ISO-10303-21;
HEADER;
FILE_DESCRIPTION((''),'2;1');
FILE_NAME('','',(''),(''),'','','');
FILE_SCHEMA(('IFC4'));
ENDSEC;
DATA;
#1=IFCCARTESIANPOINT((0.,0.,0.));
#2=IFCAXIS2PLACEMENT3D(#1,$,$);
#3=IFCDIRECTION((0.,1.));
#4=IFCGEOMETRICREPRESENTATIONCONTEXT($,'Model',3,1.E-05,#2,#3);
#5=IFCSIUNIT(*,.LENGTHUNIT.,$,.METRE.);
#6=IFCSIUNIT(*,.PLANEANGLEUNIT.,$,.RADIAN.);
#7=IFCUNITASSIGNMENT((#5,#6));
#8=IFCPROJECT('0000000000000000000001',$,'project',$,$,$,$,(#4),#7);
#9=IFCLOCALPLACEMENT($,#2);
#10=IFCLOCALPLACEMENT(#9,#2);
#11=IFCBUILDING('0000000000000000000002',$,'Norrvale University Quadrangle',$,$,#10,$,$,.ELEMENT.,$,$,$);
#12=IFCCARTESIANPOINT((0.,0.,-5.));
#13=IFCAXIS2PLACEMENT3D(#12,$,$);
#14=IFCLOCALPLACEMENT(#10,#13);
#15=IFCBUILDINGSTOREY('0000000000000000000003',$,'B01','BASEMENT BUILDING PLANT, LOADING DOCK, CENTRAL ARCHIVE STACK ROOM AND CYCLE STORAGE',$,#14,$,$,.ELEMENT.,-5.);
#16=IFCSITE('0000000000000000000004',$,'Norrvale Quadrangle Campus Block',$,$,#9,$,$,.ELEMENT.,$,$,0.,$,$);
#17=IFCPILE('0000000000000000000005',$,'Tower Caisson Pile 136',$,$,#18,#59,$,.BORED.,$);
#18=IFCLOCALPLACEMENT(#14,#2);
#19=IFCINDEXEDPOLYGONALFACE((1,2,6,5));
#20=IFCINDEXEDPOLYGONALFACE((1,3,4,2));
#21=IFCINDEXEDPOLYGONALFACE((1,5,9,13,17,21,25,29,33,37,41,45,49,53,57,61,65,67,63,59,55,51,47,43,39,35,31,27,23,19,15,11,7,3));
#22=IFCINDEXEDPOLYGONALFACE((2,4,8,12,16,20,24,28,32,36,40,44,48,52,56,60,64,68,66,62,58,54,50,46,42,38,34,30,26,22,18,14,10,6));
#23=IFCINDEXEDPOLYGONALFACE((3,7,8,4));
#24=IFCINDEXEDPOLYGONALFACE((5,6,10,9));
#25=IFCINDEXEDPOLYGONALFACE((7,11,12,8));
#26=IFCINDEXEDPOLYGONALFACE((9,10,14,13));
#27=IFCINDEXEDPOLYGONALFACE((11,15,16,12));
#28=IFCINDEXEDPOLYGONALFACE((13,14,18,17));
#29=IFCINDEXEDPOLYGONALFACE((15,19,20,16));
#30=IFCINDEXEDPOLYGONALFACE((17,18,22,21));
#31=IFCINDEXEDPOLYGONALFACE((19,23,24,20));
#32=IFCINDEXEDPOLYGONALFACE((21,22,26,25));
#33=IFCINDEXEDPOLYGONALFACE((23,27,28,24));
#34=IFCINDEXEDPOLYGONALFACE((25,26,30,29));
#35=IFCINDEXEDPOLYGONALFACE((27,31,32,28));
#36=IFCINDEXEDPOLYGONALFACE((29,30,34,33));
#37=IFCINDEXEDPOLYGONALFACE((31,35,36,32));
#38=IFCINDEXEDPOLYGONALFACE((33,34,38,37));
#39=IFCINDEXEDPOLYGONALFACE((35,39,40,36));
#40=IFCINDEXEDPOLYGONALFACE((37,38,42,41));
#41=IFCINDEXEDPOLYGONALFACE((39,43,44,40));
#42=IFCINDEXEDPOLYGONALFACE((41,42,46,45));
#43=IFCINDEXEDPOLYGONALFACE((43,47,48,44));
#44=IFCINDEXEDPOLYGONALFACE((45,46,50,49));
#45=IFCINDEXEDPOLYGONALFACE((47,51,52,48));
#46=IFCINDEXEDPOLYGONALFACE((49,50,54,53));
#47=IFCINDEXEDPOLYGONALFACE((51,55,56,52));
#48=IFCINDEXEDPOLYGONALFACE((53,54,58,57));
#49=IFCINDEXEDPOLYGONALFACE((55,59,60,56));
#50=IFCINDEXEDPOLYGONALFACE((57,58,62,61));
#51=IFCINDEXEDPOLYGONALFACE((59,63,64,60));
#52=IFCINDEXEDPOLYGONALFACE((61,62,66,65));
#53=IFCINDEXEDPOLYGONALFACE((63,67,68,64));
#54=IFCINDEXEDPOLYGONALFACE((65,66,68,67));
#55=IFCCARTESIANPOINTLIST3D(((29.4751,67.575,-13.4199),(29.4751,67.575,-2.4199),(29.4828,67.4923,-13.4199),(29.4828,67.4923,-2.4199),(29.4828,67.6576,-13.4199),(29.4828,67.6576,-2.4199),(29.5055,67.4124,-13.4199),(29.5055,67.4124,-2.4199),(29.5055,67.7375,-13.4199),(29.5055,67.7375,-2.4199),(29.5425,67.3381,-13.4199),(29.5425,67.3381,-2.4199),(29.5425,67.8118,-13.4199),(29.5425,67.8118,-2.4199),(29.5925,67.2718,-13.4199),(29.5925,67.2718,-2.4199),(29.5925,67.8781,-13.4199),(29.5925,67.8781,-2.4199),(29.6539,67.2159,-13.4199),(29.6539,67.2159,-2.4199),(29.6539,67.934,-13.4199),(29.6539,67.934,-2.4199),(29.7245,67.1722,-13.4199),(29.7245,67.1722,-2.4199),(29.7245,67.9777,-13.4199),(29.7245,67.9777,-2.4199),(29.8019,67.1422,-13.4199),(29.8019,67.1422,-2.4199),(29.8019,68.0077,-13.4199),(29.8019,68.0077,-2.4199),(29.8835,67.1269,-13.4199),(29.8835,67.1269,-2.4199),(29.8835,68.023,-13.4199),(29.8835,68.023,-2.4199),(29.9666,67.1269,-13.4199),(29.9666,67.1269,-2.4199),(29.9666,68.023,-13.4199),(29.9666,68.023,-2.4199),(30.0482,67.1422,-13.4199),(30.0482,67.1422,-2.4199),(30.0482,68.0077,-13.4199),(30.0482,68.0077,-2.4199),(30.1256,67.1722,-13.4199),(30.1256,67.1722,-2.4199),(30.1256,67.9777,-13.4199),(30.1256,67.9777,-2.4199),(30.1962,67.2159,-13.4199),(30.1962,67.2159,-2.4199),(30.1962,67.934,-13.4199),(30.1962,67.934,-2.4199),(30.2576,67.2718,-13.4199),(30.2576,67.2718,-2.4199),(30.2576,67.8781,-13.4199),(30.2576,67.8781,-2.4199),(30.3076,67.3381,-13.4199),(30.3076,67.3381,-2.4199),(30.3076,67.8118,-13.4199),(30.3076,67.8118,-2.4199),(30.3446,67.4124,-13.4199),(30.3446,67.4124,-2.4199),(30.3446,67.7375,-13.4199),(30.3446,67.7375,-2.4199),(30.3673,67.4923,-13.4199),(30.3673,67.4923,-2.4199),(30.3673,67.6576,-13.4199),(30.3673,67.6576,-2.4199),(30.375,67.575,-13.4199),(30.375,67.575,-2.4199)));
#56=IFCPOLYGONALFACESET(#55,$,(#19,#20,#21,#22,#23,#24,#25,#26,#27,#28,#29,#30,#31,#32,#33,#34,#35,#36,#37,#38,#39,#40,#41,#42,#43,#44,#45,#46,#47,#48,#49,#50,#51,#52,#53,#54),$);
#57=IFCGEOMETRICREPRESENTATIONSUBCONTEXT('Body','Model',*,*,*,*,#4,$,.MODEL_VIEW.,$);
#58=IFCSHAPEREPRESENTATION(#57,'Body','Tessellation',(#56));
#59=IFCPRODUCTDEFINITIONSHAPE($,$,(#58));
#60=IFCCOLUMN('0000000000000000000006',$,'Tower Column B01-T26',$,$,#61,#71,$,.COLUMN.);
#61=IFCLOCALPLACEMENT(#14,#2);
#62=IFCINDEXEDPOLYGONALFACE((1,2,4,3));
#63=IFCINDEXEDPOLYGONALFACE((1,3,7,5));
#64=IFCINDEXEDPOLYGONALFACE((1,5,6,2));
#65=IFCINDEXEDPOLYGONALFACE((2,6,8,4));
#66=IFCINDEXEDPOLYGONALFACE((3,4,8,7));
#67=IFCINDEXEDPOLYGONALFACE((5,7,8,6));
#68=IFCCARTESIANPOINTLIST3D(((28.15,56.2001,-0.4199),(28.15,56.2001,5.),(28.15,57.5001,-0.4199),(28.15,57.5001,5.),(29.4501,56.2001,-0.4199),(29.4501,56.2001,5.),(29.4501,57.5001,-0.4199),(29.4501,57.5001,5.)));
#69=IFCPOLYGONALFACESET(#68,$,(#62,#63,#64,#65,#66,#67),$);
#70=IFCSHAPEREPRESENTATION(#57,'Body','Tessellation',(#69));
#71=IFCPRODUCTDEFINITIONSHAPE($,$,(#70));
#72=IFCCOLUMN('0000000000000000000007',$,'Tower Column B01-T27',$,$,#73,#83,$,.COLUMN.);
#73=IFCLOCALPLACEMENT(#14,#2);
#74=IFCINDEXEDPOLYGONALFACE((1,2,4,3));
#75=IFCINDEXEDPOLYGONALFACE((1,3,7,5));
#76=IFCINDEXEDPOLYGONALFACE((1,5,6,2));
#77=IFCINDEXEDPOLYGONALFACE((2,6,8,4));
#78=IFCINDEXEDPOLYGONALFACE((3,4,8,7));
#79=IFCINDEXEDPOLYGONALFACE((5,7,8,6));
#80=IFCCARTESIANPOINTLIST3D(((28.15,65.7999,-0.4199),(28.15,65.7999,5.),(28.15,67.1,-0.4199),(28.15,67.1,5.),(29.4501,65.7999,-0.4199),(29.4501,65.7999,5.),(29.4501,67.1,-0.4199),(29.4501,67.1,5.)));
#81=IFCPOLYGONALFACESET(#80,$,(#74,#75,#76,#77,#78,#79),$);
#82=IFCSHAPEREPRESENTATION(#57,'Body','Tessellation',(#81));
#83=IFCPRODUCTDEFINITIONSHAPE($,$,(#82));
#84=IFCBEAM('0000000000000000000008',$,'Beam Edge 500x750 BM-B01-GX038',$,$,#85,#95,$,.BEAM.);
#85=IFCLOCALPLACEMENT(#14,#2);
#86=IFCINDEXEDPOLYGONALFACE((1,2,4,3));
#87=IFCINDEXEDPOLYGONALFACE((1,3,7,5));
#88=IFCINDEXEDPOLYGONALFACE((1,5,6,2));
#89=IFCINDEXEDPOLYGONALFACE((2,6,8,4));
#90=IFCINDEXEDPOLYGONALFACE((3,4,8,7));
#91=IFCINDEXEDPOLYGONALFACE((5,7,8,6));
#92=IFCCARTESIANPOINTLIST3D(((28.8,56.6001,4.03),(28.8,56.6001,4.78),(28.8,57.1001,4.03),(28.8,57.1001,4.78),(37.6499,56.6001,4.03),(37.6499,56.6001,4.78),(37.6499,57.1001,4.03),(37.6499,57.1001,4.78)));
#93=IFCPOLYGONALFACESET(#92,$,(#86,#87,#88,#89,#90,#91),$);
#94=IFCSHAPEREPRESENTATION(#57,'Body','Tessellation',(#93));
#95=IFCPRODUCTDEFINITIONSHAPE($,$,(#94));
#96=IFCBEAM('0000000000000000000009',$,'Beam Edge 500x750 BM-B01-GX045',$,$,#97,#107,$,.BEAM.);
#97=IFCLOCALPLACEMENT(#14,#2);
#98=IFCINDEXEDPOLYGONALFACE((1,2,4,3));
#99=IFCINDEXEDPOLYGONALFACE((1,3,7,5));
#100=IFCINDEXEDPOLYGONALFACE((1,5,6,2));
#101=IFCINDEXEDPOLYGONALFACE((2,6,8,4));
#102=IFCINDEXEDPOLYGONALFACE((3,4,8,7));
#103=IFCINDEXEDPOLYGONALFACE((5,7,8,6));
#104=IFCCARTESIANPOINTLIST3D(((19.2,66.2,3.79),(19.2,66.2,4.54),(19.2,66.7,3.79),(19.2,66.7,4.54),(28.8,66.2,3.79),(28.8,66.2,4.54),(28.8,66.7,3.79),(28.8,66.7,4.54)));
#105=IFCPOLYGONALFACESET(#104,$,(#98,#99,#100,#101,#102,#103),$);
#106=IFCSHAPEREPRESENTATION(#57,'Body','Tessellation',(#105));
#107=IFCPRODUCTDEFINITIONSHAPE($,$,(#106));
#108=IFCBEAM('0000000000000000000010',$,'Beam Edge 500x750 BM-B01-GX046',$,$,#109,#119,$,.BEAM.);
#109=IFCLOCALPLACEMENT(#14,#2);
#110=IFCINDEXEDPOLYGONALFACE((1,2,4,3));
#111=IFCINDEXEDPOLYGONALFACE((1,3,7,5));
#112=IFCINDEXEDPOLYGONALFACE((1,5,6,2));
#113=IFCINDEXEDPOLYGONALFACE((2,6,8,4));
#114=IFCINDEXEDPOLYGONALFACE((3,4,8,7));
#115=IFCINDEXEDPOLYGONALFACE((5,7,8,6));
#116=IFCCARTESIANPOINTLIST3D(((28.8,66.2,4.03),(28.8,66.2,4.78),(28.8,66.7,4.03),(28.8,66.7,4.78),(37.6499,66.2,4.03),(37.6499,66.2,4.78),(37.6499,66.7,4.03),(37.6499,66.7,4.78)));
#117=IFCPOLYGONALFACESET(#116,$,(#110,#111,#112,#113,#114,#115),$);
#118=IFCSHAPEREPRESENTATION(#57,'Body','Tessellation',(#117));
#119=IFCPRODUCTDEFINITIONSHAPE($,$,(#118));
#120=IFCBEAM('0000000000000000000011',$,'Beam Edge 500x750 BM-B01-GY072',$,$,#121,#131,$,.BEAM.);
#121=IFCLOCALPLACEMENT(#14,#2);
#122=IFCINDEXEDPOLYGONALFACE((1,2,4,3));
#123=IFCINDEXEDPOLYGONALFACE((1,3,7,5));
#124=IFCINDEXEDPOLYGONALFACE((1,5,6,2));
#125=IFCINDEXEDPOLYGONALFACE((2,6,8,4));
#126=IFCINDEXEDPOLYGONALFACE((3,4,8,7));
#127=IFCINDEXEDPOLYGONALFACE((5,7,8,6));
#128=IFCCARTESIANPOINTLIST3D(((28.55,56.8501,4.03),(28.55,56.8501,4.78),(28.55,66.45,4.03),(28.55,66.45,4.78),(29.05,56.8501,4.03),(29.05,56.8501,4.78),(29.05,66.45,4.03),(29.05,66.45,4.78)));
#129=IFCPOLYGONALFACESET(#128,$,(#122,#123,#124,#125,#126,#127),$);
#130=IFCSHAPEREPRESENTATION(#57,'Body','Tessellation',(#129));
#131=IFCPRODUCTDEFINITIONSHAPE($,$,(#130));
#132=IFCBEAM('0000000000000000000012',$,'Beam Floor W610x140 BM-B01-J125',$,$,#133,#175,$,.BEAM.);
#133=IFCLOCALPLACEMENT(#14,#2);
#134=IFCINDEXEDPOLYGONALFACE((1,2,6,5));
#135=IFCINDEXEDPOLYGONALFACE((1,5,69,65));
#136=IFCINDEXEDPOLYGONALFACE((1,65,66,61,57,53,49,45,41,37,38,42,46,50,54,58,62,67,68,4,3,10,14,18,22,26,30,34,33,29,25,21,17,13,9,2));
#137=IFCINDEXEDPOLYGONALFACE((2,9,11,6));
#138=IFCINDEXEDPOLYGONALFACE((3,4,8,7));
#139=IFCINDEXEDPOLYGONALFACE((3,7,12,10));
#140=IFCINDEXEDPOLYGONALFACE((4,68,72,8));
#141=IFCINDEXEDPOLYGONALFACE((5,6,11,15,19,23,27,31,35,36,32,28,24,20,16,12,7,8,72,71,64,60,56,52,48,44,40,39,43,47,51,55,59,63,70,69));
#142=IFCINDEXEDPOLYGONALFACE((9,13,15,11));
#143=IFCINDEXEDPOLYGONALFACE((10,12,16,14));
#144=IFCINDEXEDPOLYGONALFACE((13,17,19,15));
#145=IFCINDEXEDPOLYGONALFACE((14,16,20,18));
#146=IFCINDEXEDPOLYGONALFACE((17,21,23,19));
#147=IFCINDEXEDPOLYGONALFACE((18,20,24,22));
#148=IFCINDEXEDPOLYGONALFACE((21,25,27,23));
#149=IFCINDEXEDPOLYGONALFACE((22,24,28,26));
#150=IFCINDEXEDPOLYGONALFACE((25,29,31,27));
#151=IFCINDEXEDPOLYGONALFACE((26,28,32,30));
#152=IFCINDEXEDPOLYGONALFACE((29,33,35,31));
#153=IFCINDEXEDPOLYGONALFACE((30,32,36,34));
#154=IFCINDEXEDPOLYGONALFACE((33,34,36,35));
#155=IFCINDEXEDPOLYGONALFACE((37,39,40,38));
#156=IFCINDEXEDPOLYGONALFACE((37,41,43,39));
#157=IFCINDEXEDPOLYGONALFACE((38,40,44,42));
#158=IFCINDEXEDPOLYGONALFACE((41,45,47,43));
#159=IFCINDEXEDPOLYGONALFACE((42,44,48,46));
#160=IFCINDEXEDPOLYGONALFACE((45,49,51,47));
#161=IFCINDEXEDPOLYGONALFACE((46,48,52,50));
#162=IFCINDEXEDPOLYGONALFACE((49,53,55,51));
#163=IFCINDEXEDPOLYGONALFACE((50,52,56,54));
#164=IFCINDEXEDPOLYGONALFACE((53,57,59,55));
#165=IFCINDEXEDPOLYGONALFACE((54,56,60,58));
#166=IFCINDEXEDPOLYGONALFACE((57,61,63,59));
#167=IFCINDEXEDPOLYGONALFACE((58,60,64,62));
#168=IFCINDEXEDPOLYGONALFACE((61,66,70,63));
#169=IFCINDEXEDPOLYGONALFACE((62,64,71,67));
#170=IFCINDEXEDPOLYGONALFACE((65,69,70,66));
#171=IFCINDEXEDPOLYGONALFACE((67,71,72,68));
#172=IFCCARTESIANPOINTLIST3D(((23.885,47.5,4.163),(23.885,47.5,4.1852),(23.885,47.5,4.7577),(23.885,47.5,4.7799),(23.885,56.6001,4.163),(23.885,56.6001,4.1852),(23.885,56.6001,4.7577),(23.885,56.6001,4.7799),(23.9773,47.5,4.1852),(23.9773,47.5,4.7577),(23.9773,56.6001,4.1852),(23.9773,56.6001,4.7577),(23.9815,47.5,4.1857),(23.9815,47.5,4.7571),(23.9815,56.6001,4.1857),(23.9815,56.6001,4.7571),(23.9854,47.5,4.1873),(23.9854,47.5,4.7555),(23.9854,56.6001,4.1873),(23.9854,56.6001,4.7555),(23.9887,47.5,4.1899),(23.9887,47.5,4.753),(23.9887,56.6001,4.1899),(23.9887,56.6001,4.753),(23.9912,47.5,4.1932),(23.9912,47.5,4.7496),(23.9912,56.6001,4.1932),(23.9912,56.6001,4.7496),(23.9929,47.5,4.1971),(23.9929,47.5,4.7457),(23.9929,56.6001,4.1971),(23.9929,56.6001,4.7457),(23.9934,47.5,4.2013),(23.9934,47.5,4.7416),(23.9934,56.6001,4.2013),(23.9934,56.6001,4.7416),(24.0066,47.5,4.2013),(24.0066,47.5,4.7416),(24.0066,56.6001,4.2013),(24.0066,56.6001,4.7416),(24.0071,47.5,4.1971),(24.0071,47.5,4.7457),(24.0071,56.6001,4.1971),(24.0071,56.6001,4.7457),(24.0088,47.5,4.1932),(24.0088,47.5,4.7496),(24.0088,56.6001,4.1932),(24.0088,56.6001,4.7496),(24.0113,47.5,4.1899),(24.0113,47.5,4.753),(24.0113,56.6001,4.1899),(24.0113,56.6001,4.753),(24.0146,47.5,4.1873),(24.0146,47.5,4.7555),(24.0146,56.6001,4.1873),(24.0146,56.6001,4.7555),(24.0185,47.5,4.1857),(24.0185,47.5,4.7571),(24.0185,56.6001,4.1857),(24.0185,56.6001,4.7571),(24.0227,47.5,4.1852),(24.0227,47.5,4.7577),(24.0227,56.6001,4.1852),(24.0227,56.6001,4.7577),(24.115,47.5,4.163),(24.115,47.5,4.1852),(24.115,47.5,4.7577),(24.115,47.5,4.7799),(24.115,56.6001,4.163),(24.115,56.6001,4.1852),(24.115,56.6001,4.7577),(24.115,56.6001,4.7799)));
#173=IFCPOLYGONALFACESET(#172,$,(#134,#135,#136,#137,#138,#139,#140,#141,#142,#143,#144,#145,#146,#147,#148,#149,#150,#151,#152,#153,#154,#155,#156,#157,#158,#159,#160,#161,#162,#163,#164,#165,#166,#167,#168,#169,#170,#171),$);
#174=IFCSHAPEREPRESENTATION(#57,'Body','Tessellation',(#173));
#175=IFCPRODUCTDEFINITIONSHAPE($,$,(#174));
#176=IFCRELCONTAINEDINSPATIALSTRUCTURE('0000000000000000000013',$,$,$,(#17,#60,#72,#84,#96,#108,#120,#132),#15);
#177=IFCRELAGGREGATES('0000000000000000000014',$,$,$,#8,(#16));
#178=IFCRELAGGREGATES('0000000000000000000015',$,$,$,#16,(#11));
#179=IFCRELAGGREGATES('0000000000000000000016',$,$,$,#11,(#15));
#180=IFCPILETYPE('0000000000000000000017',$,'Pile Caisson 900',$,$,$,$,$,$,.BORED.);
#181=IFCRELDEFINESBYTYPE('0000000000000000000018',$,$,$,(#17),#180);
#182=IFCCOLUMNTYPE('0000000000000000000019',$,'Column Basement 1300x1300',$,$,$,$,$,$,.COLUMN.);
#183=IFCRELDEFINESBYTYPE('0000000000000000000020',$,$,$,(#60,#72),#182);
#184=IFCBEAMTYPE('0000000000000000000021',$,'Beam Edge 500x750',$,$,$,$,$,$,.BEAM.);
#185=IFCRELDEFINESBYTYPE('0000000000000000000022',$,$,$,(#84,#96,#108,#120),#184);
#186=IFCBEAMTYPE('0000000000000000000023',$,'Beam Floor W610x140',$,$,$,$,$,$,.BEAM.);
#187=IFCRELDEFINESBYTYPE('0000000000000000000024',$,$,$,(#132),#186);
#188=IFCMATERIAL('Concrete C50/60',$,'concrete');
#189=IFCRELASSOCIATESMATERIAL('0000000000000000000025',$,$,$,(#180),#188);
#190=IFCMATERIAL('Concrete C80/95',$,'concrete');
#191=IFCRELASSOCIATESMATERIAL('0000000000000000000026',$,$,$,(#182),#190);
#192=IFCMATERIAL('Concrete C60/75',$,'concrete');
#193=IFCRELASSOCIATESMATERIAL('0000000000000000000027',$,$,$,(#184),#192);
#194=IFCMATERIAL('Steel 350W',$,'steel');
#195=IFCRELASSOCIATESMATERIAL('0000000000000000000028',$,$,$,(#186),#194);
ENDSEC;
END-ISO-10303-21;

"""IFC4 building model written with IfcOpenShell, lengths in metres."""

from ifc_helpers import new_model, si_unit, direction, frame, origin, origin_2d, place, context, subcontext, project, spatial, rectangle, circle, i_section, extrude, material, material_profile, profile_set, type_object, element, save


model = new_model("IFC4")

# Units and contexts
model_context = context("Model", 3, precision=1e-05, world=origin(), true_north=direction((0.0, 1.0)))
body_context = subcontext(model_context, "Body", "Model", "MODEL_VIEW")
ifc_project = project(units=[si_unit("LENGTHUNIT", "METRE"), si_unit("PLANEANGLEUNIT", "RADIAN")], contexts=[model_context])

# Site, building, storey
site_placement = place(None, origin())
site = spatial("IfcSite", under=ifc_project, at=site_placement, Name="Norrvale Quadrangle Campus Block", CompositionType="ELEMENT", RefElevation=0.0)
building_placement = place(site_placement, origin())
building = spatial("IfcBuilding", under=site, at=building_placement, Name="Norrvale University Quadrangle", CompositionType="ELEMENT")
storey_placement = place(building_placement, frame((0.0, 0.0, -5.0)))
storey = spatial("IfcBuildingStorey", under=building, at=storey_placement, Name="B01", Description="BASEMENT BUILDING PLANT, LOADING DOCK, CENTRAL ARCHIVE STACK ROOM AND CYCLE STORAGE", CompositionType="ELEMENT", Elevation=-5.0)

# Shared definitions
ifc_material_1 = material(Name="Concrete C50/60", Category="concrete")

# Pile
ifc_material_profile_1 = material_profile(ifc_material_1, circle(Radius=0.45, at=origin_2d()), Name="Concrete C50/60")
ifc_profile_set_1 = profile_set([ifc_material_profile_1], Name="Concrete C50/60")
pile_type_1 = type_object("IfcPileType", Name="Pile Caisson 900", PredefinedType="BORED", material=ifc_profile_set_1)
for number, where, z_axis, x_axis, name in (
    (1, (29.925, 67.575, -2.4199), (0.0, 0.0, -1.0), (1.0, 0.0, 0.0), "Tower Caisson Pile 136"),
):
    element("IfcPile", number, at=place(storey_placement, frame(where, z_axis=z_axis, x_axis=x_axis)), inside=storey, type_object=pile_type_1, Name=name, PredefinedType="BORED", context=body_context, shape_type="SweptSolid", body=[
        extrude(circle(Radius=0.45, at=origin_2d()), origin(), (0.0, 0.0, 1.0), 11.0),
    ])

# Columns
ifc_material_2 = material(Name="Concrete C80/95", Category="concrete")
ifc_material_profile_2 = material_profile(ifc_material_2, rectangle(XDim=1.3, YDim=1.3, at=origin_2d()), Name="Concrete C80/95")
ifc_profile_set_2 = profile_set([ifc_material_profile_2], Name="Concrete C80/95")
column_type = type_object("IfcColumnType", Name="Column Basement 1300x1300", PredefinedType="COLUMN", material=ifc_profile_set_2)
for number, where, z_axis, x_axis, name in (
    (2, (28.8, 56.8501, -0.4199), (0.0, 0.0, 1.0), (1.0, 0.0, 0.0), "Tower Column B01-T26"),
    (3, (28.8, 66.45, -0.4199), (0.0, 0.0, 1.0), (1.0, 0.0, 0.0), "Tower Column B01-T27"),
):
    element("IfcColumn", number, at=place(storey_placement, frame(where, z_axis=z_axis, x_axis=x_axis)), inside=storey, type_object=column_type, Name=name, PredefinedType="COLUMN", context=body_context, shape_type="SweptSolid", body=[
        extrude(rectangle(XDim=1.3, YDim=1.3, at=origin_2d()), origin(), (0.0, 0.0, 1.0), 5.4199),
    ])

# Beams
ifc_material_3 = material(Name="Concrete C60/75", Category="concrete")
ifc_material_profile_3 = material_profile(ifc_material_3, rectangle(XDim=0.5, YDim=0.75, at=origin_2d()), Name="Concrete C60/75")
ifc_profile_set_3 = profile_set([ifc_material_profile_3], Name="Concrete C60/75")
beam_type_1 = type_object("IfcBeamType", Name="Beam Edge 500x750", PredefinedType="BEAM", material=ifc_profile_set_3)
beam_1_placement = place(storey_placement, frame((28.8, 56.8501, 4.405), z_axis=(1.0, 0.0, 0.0), x_axis=(0.0, 1.0, 0.0)))
element("IfcBeam", 4, at=beam_1_placement, inside=storey, type_object=beam_type_1, Name="Beam Edge 500x750 BM-B01-GX038", PredefinedType="BEAM", context=body_context, shape_type="SweptSolid", body=[
    extrude(rectangle(XDim=0.5, YDim=0.75, at=origin_2d()), origin(), (0.0, 0.0, 1.0), 8.8499),
])
beam_2_placement = place(storey_placement, frame((19.2, 66.45, 4.165), z_axis=(1.0, 0.0, 0.0), x_axis=(0.0, 1.0, 0.0)))
element("IfcBeam", 5, at=beam_2_placement, inside=storey, type_object=beam_type_1, Name="Beam Edge 500x750 BM-B01-GX045", PredefinedType="BEAM", context=body_context, shape_type="SweptSolid", body=[
    extrude(rectangle(XDim=0.5, YDim=0.75, at=origin_2d()), origin(), (0.0, 0.0, 1.0), 9.6001),
])
beam_3_placement = place(storey_placement, frame((28.8, 66.45, 4.405), z_axis=(1.0, 0.0, 0.0), x_axis=(0.0, 1.0, 0.0)))
element("IfcBeam", 6, at=beam_3_placement, inside=storey, type_object=beam_type_1, Name="Beam Edge 500x750 BM-B01-GX046", PredefinedType="BEAM", context=body_context, shape_type="SweptSolid", body=[
    extrude(rectangle(XDim=0.5, YDim=0.75, at=origin_2d()), origin(), (0.0, 0.0, 1.0), 8.8499),
])
beam_4_placement = place(storey_placement, frame((28.8, 56.8501, 4.405), z_axis=(0.0, 1.0, 0.0), x_axis=(-1.0, 0.0, 0.0)))
element("IfcBeam", 7, at=beam_4_placement, inside=storey, type_object=beam_type_1, Name="Beam Edge 500x750 BM-B01-GY072", PredefinedType="BEAM", context=body_context, shape_type="SweptSolid", body=[
    extrude(rectangle(XDim=0.5, YDim=0.75, at=origin_2d()), origin(), (0.0, 0.0, 1.0), 9.5999),
])
ifc_material_4 = material(Name="Steel 350W", Category="steel")
ifc_material_profile_4 = material_profile(ifc_material_4, i_section(OverallWidth=0.23, OverallDepth=0.6169, WebThickness=0.0132, FlangeThickness=0.0222, FilletRadius=0.0161, at=origin_2d()), Name="Steel 350W")
ifc_profile_set_4 = profile_set([ifc_material_profile_4], Name="Steel 350W")
beam_type_2 = type_object("IfcBeamType", Name="Beam Floor W610x140", PredefinedType="BEAM", material=ifc_profile_set_4)
beam_5_placement = place(storey_placement, frame((24.0, 47.5, 4.4714), z_axis=(0.0, 1.0, 0.0), x_axis=(-1.0, 0.0, 0.0)))
element("IfcBeam", 8, at=beam_5_placement, inside=storey, type_object=beam_type_2, Name="Beam Floor W610x140 BM-B01-J125", PredefinedType="BEAM", context=body_context, shape_type="SweptSolid", body=[
    extrude(i_section(OverallWidth=0.23, OverallDepth=0.6169, WebThickness=0.0132, FlangeThickness=0.0222, FilletRadius=0.0161, at=origin_2d()), origin(), (0.0, 0.0, 1.0), 9.1001),
])

save(model, "model.ifc")
